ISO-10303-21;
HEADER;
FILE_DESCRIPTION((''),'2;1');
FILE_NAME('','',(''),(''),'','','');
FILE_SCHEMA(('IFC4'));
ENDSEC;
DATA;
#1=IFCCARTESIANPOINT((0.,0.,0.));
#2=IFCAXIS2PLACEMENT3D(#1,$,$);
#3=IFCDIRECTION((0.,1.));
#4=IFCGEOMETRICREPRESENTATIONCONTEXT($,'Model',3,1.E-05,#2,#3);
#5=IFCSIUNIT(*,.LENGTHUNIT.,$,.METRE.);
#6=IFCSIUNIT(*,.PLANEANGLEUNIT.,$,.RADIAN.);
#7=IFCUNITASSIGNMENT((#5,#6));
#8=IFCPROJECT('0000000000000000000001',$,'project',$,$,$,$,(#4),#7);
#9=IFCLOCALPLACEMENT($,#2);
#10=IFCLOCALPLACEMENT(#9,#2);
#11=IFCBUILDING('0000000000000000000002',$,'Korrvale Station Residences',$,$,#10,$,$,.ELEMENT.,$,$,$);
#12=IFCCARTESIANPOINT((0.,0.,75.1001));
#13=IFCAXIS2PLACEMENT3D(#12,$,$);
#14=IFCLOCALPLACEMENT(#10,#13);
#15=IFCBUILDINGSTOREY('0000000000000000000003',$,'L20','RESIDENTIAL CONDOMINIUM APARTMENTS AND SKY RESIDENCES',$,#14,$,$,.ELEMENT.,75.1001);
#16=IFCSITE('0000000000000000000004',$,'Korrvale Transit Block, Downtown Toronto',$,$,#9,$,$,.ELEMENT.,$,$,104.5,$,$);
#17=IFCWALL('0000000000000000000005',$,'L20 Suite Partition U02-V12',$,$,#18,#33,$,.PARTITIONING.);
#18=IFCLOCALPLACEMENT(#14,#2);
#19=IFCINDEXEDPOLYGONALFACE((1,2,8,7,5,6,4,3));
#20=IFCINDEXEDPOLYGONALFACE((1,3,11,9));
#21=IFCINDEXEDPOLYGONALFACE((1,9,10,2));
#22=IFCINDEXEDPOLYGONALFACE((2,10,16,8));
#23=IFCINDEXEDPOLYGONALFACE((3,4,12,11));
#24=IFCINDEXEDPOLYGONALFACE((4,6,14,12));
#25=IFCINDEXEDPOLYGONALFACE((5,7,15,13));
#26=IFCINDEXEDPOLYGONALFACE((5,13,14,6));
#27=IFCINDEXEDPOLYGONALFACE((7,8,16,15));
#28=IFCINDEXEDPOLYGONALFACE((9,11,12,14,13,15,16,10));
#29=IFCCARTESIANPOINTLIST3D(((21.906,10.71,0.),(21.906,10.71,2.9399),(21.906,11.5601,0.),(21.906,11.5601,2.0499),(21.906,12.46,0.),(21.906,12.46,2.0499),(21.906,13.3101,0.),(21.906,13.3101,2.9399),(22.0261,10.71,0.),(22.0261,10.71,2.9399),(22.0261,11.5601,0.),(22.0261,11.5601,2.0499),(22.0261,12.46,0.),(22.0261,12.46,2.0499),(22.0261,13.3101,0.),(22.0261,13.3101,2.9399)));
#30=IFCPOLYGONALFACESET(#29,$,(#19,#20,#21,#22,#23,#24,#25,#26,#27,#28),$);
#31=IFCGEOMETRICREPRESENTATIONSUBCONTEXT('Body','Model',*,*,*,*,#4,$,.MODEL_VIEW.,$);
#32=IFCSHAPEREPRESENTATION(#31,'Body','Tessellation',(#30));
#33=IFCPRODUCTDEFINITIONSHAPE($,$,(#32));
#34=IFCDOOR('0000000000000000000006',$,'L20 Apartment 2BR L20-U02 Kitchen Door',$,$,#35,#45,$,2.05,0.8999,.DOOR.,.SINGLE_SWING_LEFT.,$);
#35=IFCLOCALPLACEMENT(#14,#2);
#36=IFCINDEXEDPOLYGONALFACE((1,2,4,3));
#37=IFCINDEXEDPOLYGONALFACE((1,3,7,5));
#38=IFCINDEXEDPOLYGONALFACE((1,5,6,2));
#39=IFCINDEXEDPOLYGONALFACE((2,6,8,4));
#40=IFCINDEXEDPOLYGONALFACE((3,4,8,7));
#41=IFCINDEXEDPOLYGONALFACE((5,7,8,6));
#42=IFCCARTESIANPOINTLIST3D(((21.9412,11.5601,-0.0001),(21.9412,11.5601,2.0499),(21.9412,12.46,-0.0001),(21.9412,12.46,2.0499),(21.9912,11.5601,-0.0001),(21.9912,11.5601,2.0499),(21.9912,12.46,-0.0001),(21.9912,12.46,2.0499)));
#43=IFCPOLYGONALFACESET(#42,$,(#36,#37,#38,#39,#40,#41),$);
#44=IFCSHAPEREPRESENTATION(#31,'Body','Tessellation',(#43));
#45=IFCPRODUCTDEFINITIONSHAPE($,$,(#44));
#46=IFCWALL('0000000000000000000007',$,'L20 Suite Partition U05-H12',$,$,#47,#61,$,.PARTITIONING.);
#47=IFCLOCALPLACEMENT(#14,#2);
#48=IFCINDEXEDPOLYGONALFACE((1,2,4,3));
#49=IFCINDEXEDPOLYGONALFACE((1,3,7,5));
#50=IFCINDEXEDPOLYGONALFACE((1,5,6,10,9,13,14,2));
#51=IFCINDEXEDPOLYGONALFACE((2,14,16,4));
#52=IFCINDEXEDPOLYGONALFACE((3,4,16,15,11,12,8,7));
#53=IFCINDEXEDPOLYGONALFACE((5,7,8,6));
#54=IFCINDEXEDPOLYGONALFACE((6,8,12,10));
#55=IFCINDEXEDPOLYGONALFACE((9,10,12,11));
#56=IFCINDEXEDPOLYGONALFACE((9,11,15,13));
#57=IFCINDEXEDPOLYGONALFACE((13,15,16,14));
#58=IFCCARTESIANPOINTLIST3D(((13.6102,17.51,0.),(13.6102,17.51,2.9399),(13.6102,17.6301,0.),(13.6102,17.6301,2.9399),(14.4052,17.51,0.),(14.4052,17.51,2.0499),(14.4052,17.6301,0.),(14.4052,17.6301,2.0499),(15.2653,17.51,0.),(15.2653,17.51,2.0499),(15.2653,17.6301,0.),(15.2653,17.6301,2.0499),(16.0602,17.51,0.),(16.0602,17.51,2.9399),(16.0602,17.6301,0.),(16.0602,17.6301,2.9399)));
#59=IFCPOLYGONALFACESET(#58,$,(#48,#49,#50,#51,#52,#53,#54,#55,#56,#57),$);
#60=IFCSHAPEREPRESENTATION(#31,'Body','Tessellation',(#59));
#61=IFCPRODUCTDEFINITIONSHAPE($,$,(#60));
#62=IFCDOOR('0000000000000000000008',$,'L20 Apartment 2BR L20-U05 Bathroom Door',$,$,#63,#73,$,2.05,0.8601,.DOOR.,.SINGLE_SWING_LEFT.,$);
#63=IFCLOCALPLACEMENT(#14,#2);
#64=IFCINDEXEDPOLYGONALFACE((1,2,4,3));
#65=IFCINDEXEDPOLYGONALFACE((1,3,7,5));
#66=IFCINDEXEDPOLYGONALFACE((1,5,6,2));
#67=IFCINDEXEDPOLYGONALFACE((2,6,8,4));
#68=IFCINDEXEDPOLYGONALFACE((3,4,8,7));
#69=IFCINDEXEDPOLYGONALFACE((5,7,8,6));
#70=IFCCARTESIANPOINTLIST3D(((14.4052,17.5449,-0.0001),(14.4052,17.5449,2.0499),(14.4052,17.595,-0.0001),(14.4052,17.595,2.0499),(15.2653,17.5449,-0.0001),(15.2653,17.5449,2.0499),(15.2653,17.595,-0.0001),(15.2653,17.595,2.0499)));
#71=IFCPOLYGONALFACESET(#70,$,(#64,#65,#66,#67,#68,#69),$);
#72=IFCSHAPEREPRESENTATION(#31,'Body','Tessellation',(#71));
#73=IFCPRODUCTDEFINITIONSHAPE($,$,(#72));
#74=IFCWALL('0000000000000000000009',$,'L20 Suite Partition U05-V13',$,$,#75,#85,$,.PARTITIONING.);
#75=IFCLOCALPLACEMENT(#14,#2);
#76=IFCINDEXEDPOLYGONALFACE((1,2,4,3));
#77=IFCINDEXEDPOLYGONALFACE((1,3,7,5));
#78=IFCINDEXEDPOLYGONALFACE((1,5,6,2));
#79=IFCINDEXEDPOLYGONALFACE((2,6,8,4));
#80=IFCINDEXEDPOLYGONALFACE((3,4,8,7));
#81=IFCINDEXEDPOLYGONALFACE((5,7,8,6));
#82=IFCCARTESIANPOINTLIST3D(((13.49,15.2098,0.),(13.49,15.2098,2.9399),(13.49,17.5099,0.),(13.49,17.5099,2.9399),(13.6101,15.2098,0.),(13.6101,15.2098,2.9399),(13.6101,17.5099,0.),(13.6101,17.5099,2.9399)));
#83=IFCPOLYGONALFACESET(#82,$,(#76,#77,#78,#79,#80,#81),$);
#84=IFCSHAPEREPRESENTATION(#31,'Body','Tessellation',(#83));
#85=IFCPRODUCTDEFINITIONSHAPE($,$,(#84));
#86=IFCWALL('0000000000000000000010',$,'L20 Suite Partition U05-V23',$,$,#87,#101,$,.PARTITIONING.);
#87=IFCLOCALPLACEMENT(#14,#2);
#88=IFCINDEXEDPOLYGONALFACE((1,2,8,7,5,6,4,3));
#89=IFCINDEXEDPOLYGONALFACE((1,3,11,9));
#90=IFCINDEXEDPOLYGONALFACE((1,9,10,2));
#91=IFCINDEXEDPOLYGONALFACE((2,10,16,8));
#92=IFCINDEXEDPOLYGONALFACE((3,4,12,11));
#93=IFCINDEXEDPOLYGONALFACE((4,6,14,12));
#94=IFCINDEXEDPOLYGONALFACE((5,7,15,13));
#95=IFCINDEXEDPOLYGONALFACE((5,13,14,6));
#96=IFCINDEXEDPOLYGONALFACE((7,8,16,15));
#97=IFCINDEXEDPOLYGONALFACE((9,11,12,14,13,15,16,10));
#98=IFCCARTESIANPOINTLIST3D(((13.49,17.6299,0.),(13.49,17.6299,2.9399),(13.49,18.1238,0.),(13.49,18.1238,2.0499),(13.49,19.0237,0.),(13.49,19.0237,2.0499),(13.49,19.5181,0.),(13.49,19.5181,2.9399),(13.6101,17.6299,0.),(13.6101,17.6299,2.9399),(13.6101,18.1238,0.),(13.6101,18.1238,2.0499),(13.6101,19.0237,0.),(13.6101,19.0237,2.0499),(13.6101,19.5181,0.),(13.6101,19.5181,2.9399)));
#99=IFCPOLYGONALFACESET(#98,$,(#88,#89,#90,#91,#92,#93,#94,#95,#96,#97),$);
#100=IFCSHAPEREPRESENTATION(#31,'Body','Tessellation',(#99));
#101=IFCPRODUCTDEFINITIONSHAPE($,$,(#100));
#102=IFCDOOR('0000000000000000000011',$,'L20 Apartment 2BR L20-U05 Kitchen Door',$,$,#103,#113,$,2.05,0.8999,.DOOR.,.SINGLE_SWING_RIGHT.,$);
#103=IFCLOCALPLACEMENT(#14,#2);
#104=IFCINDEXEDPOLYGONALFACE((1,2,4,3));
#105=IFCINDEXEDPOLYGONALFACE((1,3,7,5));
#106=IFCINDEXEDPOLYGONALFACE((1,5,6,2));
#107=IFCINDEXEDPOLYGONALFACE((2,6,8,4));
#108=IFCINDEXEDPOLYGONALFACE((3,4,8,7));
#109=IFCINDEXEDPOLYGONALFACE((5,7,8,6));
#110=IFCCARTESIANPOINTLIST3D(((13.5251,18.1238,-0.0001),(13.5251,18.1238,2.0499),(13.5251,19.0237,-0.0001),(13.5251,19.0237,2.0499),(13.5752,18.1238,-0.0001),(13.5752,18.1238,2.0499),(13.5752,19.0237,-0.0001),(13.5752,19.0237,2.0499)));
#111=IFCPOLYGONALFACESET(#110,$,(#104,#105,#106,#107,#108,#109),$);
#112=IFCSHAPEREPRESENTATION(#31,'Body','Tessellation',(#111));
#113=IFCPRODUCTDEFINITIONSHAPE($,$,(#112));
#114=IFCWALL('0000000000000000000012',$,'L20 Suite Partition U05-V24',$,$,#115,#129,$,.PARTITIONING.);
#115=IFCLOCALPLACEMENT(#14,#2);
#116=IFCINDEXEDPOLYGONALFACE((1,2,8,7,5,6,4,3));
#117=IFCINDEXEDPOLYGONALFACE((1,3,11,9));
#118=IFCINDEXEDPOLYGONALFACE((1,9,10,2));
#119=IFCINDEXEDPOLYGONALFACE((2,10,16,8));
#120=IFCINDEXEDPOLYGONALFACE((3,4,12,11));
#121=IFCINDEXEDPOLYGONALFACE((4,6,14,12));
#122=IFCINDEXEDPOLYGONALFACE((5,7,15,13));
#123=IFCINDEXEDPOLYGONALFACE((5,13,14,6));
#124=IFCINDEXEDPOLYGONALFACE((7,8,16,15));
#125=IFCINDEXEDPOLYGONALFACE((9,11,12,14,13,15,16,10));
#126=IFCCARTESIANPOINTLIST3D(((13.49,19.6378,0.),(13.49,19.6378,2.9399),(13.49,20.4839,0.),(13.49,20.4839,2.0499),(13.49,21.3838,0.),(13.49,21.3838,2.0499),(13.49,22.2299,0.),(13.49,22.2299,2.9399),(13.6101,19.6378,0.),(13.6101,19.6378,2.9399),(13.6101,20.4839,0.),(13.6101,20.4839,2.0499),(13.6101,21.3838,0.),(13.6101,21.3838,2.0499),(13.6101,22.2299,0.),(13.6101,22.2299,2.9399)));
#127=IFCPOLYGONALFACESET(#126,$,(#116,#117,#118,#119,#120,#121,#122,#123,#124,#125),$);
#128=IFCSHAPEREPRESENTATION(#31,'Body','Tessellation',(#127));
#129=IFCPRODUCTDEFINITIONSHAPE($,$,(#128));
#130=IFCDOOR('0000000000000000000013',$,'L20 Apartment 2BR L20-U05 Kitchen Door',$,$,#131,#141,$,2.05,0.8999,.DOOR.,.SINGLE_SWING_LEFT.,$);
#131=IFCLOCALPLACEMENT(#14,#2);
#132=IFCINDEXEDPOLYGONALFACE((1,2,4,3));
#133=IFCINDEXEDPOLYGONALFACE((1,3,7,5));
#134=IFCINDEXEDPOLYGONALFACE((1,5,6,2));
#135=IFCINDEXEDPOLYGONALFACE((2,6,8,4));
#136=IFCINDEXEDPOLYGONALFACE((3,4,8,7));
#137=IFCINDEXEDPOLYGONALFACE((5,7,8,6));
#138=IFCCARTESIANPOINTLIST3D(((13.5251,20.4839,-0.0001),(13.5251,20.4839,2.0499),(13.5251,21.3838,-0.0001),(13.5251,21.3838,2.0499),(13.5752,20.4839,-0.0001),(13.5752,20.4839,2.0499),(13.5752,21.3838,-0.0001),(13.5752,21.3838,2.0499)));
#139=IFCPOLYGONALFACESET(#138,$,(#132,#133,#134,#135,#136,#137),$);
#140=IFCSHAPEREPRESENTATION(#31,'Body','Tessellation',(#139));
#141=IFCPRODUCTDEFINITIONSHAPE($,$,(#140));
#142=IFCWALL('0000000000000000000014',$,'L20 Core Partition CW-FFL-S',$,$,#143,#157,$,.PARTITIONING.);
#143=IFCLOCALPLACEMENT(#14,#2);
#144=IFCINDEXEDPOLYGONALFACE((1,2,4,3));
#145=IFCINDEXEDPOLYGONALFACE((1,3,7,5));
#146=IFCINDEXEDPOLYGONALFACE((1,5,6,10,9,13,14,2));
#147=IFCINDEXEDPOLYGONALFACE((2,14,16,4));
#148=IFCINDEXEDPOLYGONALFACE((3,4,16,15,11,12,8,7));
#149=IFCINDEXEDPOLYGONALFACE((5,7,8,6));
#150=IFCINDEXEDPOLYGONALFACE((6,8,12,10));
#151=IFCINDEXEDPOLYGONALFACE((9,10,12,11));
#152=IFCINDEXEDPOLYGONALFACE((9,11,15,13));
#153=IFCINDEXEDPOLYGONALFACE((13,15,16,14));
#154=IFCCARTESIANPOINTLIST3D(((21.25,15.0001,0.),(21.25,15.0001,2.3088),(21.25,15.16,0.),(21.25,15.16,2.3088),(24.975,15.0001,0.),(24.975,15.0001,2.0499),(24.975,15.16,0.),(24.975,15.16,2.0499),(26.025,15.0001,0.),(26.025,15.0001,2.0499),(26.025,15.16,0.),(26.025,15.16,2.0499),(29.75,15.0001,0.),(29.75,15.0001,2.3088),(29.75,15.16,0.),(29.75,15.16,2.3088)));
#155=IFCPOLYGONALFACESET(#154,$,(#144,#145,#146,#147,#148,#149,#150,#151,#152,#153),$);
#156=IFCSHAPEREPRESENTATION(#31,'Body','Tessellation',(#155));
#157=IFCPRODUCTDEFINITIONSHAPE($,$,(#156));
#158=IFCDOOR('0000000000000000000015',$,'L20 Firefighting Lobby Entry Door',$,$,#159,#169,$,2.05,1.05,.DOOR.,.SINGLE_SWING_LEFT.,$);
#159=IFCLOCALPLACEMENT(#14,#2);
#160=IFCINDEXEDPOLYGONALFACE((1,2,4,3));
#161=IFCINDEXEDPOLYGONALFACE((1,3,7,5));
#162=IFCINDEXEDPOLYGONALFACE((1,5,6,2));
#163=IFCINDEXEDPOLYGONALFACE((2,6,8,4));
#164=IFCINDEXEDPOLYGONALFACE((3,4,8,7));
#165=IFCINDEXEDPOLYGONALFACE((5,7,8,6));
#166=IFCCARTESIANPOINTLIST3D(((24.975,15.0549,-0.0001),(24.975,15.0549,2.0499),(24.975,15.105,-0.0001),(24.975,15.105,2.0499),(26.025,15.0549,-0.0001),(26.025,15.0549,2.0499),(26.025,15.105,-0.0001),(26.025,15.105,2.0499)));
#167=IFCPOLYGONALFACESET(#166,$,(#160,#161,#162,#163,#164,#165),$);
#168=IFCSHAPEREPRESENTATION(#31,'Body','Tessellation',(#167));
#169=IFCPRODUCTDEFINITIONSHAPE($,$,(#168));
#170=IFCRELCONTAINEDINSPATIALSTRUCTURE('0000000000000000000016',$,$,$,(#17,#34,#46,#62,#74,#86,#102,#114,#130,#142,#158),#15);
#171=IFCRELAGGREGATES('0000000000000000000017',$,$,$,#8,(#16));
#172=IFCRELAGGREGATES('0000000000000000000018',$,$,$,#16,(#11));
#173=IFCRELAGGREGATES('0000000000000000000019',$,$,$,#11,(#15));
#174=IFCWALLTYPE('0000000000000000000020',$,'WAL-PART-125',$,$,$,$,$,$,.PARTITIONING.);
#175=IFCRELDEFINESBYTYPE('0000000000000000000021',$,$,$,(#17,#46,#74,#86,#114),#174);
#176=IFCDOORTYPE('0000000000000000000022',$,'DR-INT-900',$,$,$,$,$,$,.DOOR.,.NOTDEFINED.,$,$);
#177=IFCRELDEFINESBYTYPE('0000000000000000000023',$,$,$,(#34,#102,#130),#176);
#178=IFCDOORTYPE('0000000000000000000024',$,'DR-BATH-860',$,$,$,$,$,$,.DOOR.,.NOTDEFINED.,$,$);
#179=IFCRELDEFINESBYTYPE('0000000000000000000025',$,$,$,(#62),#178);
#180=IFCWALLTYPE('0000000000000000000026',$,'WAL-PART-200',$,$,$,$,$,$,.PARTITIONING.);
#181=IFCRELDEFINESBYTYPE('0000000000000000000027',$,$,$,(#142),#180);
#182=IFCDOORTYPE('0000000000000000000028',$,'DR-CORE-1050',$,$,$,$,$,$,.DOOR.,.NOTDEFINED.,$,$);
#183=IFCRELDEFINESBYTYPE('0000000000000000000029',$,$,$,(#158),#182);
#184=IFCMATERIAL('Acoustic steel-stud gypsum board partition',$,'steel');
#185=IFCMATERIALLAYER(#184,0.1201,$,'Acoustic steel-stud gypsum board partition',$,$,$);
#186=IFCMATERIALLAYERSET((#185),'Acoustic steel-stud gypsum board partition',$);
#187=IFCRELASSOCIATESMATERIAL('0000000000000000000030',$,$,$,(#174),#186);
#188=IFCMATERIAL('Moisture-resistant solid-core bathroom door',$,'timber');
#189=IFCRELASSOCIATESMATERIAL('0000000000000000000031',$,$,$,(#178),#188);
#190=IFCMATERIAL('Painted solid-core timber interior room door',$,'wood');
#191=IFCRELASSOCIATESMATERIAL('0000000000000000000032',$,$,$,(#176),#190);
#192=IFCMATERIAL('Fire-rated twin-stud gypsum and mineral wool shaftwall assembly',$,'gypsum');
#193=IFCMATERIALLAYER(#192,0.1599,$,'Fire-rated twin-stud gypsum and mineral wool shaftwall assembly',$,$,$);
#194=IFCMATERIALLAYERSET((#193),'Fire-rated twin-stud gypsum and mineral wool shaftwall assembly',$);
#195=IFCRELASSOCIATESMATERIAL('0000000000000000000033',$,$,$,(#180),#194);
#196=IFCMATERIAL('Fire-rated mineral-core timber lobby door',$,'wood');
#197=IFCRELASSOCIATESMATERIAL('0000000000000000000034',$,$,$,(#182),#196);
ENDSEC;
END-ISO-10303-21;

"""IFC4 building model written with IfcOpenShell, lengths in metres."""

from ifc_helpers import new_model, si_unit, direction, frame, frame_2d, origin, place, context, subcontext, project, spatial, rectangle, extrude, material, layer, layer_set, type_object, element, fill, save


model = new_model("IFC4")

# Units and contexts
model_context = context("Model", 3, precision=1e-05, world=origin(), true_north=direction((0.0, 1.0)))
body_context = subcontext(model_context, "Body", "Model", "MODEL_VIEW")
ifc_project = project(units=[si_unit("LENGTHUNIT", "METRE"), si_unit("PLANEANGLEUNIT", "RADIAN")], contexts=[model_context])

# Site, building, storey
site_placement = place(None, origin())
site = spatial("IfcSite", under=ifc_project, at=site_placement, Name="Korrvale Transit Block, Downtown Toronto", CompositionType="ELEMENT", RefElevation=104.5)
building_placement = place(site_placement, origin())
building = spatial("IfcBuilding", under=site, at=building_placement, Name="Korrvale Station Residences", CompositionType="ELEMENT")
storey_placement = place(building_placement, frame((0.0, 0.0, 75.1001)))
storey = spatial("IfcBuildingStorey", under=building, at=storey_placement, Name="L20", Description="RESIDENTIAL CONDOMINIUM APARTMENTS AND SKY RESIDENCES", CompositionType="ELEMENT", Elevation=75.1001)

# Walls, openings, doors
ifc_material_1 = material(Name="Acoustic steel-stud gypsum board partition", Category="steel")
ifc_layer_1 = layer(ifc_material_1, 0.1201, Name="Acoustic steel-stud gypsum board partition")
ifc_layer_set_1 = layer_set([ifc_layer_1], Name="Acoustic steel-stud gypsum board partition")
wall_type_1 = type_object("IfcWallType", Name="WAL-PART-125", PredefinedType="PARTITIONING", material=ifc_layer_set_1)
ifc_material_2 = material(Name="Moisture-resistant solid-core bathroom door", Category="timber")
door_type_1 = type_object("IfcDoorType", Name="DR-BATH-860", OperationType="NOTDEFINED", PredefinedType="DOOR", material=ifc_material_2)
wall_1_placement = place(storey_placement, frame((21.9661, 10.71, 0.0), z_axis=(0.0, 0.0, 1.0), x_axis=(0.0, 1.0, 0.0)))
wall_1 = element("IfcWall", 1, at=wall_1_placement, inside=storey, type_object=wall_type_1, Name="L20 Suite Partition U02-V12", PredefinedType="PARTITIONING", context=body_context, shape_type="SweptSolid", body=[
    extrude(rectangle(XDim=2.6001, YDim=0.1201, at=frame_2d((1.3, 0.0))), origin(), (0.0, 0.0, 1.0), 2.9399),
])
opening_1_placement = place(wall_1_placement, frame((0.8501, 0.0, 0.0)))
opening_1 = element("IfcOpeningElement", 2, at=opening_1_placement, cuts=wall_1, PredefinedType="OPENING", context=body_context, shape_type="SweptSolid", body=[
    extrude(rectangle(XDim=0.8999, YDim=2.05, at=frame_2d((0.45, 1.0249))), frame((0.0, 0.0701, 0.0), z_axis=(0.0, -1.0, 0.0), x_axis=(1.0, 0.0, 0.0)), (0.0, 0.0, 1.0), 0.1401),
])
ifc_material_3 = material(Name="Painted solid-core timber interior room door", Category="wood")
door_type_2 = type_object("IfcDoorType", Name="DR-INT-900", OperationType="NOTDEFINED", PredefinedType="DOOR", material=ifc_material_3)
door_1_placement = place(opening_1_placement, origin())
door_1 = element("IfcDoor", 3, at=door_1_placement, inside=storey, type_object=door_type_2, Name="L20 Apartment 2BR L20-U02 Kitchen Door", OperationType="SINGLE_SWING_LEFT", OverallHeight=2.05, OverallWidth=0.8999, PredefinedType="DOOR", context=body_context, shape_type="SweptSolid", body=[
    extrude(rectangle(XDim=0.8999, YDim=2.05, at=frame_2d((0.45, 1.0249))), frame((0.0, 0.0249, 0.0), z_axis=(0.0, -1.0, 0.0), x_axis=(1.0, 0.0, 0.0)), (0.0, 0.0, 1.0), 0.05),
])
fill(opening_1, door_1)
wall_2_placement = place(storey_placement, frame((13.6101, 17.5701, 0.0), z_axis=(0.0, 0.0, 1.0), x_axis=(1.0, 0.0, 0.0)))
wall_2 = element("IfcWall", 4, at=wall_2_placement, inside=storey, type_object=wall_type_1, Name="L20 Suite Partition U05-H12", PredefinedType="PARTITIONING", context=body_context, shape_type="SweptSolid", body=[
    extrude(rectangle(XDim=2.45, YDim=0.1201, at=frame_2d((1.2251, 0.0))), origin(), (0.0, 0.0, 1.0), 2.9399),
])
opening_2_placement = place(wall_2_placement, frame((0.7949, 0.0, 0.0)))
opening_2 = element("IfcOpeningElement", 5, at=opening_2_placement, cuts=wall_2, PredefinedType="OPENING", context=body_context, shape_type="SweptSolid", body=[
    extrude(rectangle(XDim=0.8601, YDim=2.05, at=frame_2d((0.4302, 1.0249))), frame((0.0, 0.0701, 0.0), z_axis=(0.0, -1.0, 0.0), x_axis=(1.0, 0.0, 0.0)), (0.0, 0.0, 1.0), 0.1401),
])
door_2_placement = place(opening_2_placement, origin())
door_2 = element("IfcDoor", 6, at=door_2_placement, inside=storey, type_object=door_type_1, Name="L20 Apartment 2BR L20-U05 Bathroom Door", OperationType="SINGLE_SWING_LEFT", OverallHeight=2.05, OverallWidth=0.8601, PredefinedType="DOOR", context=body_context, shape_type="SweptSolid", body=[
    extrude(rectangle(XDim=0.8601, YDim=2.05, at=frame_2d((0.4302, 1.0249))), frame((0.0, 0.0249, 0.0), z_axis=(0.0, -1.0, 0.0), x_axis=(1.0, 0.0, 0.0)), (0.0, 0.0, 1.0), 0.05),
])
fill(opening_2, door_2)

# Wall
wall_3_placement = place(storey_placement, frame((13.55, 15.21, 0.0), z_axis=(0.0, 0.0, 1.0), x_axis=(0.0, 1.0, 0.0)))
element("IfcWall", 7, at=wall_3_placement, inside=storey, type_object=wall_type_1, Name="L20 Suite Partition U05-V13", PredefinedType="PARTITIONING", context=body_context, shape_type="SweptSolid", body=[
    extrude(rectangle(XDim=2.3, YDim=0.1201, at=frame_2d((1.1499, 0.0))), origin(), (0.0, 0.0, 1.0), 2.9399),
])

# Walls, openings, doors
wall_4_placement = place(storey_placement, frame((13.55, 17.6299, 0.0), z_axis=(0.0, 0.0, 1.0), x_axis=(0.0, 1.0, 0.0)))
wall_4 = element("IfcWall", 8, at=wall_4_placement, inside=storey, type_object=wall_type_1, Name="L20 Suite Partition U05-V23", PredefinedType="PARTITIONING", context=body_context, shape_type="SweptSolid", body=[
    extrude(rectangle(XDim=1.8882, YDim=0.1201, at=frame_2d((0.9441, 0.0))), origin(), (0.0, 0.0, 1.0), 2.9399),
])
opening_3_placement = place(wall_4_placement, frame((0.4939, 0.0, 0.0)))
opening_3 = element("IfcOpeningElement", 9, at=opening_3_placement, cuts=wall_4, PredefinedType="OPENING", context=body_context, shape_type="SweptSolid", body=[
    extrude(rectangle(XDim=0.8999, YDim=2.05, at=frame_2d((0.45, 1.0249))), frame((0.0, 0.0701, 0.0), z_axis=(0.0, -1.0, 0.0), x_axis=(1.0, 0.0, 0.0)), (0.0, 0.0, 1.0), 0.1401),
])
door_3_placement = place(opening_3_placement, origin())
door_3 = element("IfcDoor", 10, at=door_3_placement, inside=storey, type_object=door_type_2, Name="L20 Apartment 2BR L20-U05 Kitchen Door", OperationType="SINGLE_SWING_RIGHT", OverallHeight=2.05, OverallWidth=0.8999, PredefinedType="DOOR", context=body_context, shape_type="SweptSolid", body=[
    extrude(rectangle(XDim=0.8999, YDim=2.05, at=frame_2d((0.45, 1.0249))), frame((0.0, 0.0249, 0.0), z_axis=(0.0, -1.0, 0.0), x_axis=(1.0, 0.0, 0.0)), (0.0, 0.0, 1.0), 0.05),
])
fill(opening_3, door_3)
wall_5_placement = place(storey_placement, frame((13.55, 19.6379, 0.0), z_axis=(0.0, 0.0, 1.0), x_axis=(0.0, 1.0, 0.0)))
wall_5 = element("IfcWall", 11, at=wall_5_placement, inside=storey, type_object=wall_type_1, Name="L20 Suite Partition U05-V24", PredefinedType="PARTITIONING", context=body_context, shape_type="SweptSolid", body=[
    extrude(rectangle(XDim=2.592, YDim=0.1201, at=frame_2d((1.2959, 0.0))), origin(), (0.0, 0.0, 1.0), 2.9399),
])
opening_4_placement = place(wall_5_placement, frame((0.8459, 0.0, 0.0)))
opening_4 = element("IfcOpeningElement", 12, at=opening_4_placement, cuts=wall_5, PredefinedType="OPENING", context=body_context, shape_type="SweptSolid", body=[
    extrude(rectangle(XDim=0.8999, YDim=2.05, at=frame_2d((0.45, 1.0249))), frame((0.0, 0.0701, 0.0), z_axis=(0.0, -1.0, 0.0), x_axis=(1.0, 0.0, 0.0)), (0.0, 0.0, 1.0), 0.1401),
])
door_4_placement = place(opening_4_placement, origin())
door_4 = element("IfcDoor", 13, at=door_4_placement, inside=storey, type_object=door_type_2, Name="L20 Apartment 2BR L20-U05 Kitchen Door", OperationType="SINGLE_SWING_LEFT", OverallHeight=2.05, OverallWidth=0.8999, PredefinedType="DOOR", context=body_context, shape_type="SweptSolid", body=[
    extrude(rectangle(XDim=0.8999, YDim=2.05, at=frame_2d((0.45, 1.0249))), frame((0.0, 0.0249, 0.0), z_axis=(0.0, -1.0, 0.0), x_axis=(1.0, 0.0, 0.0)), (0.0, 0.0, 1.0), 0.05),
])
fill(opening_4, door_4)
ifc_material_4 = material(Name="Fire-rated twin-stud gypsum and mineral wool shaftwall assembly", Category="gypsum")
ifc_layer_2 = layer(ifc_material_4, 0.1599, Name="Fire-rated twin-stud gypsum and mineral wool shaftwall assembly")
ifc_layer_set_2 = layer_set([ifc_layer_2], Name="Fire-rated twin-stud gypsum and mineral wool shaftwall assembly")
wall_type_2 = type_object("IfcWallType", Name="WAL-PART-200", PredefinedType="PARTITIONING", material=ifc_layer_set_2)
wall_6_placement = place(storey_placement, frame((21.25, 15.0801, 0.0), z_axis=(0.0, 0.0, 1.0), x_axis=(1.0, 0.0, 0.0)))
wall_6 = element("IfcWall", 14, at=wall_6_placement, inside=storey, type_object=wall_type_2, Name="L20 Core Partition CW-FFL-S", PredefinedType="PARTITIONING", context=body_context, shape_type="SweptSolid", body=[
    extrude(rectangle(XDim=8.5, YDim=0.1599, at=frame_2d((4.25, 0.0))), origin(), (0.0, 0.0, 1.0), 2.3088),
])
opening_5_placement = place(wall_6_placement, frame((3.7251, 0.0, 0.0)))
opening_5 = element("IfcOpeningElement", 15, at=opening_5_placement, cuts=wall_6, PredefinedType="OPENING", context=body_context, shape_type="SweptSolid", body=[
    extrude(rectangle(XDim=1.05, YDim=2.05, at=frame_2d((0.5249, 1.0249))), frame((0.0, 0.0898, 0.0), z_axis=(0.0, -1.0, 0.0), x_axis=(1.0, 0.0, 0.0)), (0.0, 0.0, 1.0), 0.1799),
])
ifc_material_5 = material(Name="Fire-rated mineral-core timber lobby door", Category="wood")
door_type_3 = type_object("IfcDoorType", Name="DR-CORE-1050", OperationType="NOTDEFINED", PredefinedType="DOOR", material=ifc_material_5)
door_5_placement = place(opening_5_placement, origin())
door_5 = element("IfcDoor", 16, at=door_5_placement, inside=storey, type_object=door_type_3, Name="L20 Firefighting Lobby Entry Door", OperationType="SINGLE_SWING_LEFT", OverallHeight=2.05, OverallWidth=1.05, PredefinedType="DOOR", context=body_context, shape_type="SweptSolid", body=[
    extrude(rectangle(XDim=1.05, YDim=2.05, at=frame_2d((0.5249, 1.0249))), frame((0.0, 0.0249, 0.0), z_axis=(0.0, -1.0, 0.0), x_axis=(1.0, 0.0, 0.0)), (0.0, 0.0, 1.0), 0.05),
])
fill(opening_5, door_5)

save(model, "model.ifc")
